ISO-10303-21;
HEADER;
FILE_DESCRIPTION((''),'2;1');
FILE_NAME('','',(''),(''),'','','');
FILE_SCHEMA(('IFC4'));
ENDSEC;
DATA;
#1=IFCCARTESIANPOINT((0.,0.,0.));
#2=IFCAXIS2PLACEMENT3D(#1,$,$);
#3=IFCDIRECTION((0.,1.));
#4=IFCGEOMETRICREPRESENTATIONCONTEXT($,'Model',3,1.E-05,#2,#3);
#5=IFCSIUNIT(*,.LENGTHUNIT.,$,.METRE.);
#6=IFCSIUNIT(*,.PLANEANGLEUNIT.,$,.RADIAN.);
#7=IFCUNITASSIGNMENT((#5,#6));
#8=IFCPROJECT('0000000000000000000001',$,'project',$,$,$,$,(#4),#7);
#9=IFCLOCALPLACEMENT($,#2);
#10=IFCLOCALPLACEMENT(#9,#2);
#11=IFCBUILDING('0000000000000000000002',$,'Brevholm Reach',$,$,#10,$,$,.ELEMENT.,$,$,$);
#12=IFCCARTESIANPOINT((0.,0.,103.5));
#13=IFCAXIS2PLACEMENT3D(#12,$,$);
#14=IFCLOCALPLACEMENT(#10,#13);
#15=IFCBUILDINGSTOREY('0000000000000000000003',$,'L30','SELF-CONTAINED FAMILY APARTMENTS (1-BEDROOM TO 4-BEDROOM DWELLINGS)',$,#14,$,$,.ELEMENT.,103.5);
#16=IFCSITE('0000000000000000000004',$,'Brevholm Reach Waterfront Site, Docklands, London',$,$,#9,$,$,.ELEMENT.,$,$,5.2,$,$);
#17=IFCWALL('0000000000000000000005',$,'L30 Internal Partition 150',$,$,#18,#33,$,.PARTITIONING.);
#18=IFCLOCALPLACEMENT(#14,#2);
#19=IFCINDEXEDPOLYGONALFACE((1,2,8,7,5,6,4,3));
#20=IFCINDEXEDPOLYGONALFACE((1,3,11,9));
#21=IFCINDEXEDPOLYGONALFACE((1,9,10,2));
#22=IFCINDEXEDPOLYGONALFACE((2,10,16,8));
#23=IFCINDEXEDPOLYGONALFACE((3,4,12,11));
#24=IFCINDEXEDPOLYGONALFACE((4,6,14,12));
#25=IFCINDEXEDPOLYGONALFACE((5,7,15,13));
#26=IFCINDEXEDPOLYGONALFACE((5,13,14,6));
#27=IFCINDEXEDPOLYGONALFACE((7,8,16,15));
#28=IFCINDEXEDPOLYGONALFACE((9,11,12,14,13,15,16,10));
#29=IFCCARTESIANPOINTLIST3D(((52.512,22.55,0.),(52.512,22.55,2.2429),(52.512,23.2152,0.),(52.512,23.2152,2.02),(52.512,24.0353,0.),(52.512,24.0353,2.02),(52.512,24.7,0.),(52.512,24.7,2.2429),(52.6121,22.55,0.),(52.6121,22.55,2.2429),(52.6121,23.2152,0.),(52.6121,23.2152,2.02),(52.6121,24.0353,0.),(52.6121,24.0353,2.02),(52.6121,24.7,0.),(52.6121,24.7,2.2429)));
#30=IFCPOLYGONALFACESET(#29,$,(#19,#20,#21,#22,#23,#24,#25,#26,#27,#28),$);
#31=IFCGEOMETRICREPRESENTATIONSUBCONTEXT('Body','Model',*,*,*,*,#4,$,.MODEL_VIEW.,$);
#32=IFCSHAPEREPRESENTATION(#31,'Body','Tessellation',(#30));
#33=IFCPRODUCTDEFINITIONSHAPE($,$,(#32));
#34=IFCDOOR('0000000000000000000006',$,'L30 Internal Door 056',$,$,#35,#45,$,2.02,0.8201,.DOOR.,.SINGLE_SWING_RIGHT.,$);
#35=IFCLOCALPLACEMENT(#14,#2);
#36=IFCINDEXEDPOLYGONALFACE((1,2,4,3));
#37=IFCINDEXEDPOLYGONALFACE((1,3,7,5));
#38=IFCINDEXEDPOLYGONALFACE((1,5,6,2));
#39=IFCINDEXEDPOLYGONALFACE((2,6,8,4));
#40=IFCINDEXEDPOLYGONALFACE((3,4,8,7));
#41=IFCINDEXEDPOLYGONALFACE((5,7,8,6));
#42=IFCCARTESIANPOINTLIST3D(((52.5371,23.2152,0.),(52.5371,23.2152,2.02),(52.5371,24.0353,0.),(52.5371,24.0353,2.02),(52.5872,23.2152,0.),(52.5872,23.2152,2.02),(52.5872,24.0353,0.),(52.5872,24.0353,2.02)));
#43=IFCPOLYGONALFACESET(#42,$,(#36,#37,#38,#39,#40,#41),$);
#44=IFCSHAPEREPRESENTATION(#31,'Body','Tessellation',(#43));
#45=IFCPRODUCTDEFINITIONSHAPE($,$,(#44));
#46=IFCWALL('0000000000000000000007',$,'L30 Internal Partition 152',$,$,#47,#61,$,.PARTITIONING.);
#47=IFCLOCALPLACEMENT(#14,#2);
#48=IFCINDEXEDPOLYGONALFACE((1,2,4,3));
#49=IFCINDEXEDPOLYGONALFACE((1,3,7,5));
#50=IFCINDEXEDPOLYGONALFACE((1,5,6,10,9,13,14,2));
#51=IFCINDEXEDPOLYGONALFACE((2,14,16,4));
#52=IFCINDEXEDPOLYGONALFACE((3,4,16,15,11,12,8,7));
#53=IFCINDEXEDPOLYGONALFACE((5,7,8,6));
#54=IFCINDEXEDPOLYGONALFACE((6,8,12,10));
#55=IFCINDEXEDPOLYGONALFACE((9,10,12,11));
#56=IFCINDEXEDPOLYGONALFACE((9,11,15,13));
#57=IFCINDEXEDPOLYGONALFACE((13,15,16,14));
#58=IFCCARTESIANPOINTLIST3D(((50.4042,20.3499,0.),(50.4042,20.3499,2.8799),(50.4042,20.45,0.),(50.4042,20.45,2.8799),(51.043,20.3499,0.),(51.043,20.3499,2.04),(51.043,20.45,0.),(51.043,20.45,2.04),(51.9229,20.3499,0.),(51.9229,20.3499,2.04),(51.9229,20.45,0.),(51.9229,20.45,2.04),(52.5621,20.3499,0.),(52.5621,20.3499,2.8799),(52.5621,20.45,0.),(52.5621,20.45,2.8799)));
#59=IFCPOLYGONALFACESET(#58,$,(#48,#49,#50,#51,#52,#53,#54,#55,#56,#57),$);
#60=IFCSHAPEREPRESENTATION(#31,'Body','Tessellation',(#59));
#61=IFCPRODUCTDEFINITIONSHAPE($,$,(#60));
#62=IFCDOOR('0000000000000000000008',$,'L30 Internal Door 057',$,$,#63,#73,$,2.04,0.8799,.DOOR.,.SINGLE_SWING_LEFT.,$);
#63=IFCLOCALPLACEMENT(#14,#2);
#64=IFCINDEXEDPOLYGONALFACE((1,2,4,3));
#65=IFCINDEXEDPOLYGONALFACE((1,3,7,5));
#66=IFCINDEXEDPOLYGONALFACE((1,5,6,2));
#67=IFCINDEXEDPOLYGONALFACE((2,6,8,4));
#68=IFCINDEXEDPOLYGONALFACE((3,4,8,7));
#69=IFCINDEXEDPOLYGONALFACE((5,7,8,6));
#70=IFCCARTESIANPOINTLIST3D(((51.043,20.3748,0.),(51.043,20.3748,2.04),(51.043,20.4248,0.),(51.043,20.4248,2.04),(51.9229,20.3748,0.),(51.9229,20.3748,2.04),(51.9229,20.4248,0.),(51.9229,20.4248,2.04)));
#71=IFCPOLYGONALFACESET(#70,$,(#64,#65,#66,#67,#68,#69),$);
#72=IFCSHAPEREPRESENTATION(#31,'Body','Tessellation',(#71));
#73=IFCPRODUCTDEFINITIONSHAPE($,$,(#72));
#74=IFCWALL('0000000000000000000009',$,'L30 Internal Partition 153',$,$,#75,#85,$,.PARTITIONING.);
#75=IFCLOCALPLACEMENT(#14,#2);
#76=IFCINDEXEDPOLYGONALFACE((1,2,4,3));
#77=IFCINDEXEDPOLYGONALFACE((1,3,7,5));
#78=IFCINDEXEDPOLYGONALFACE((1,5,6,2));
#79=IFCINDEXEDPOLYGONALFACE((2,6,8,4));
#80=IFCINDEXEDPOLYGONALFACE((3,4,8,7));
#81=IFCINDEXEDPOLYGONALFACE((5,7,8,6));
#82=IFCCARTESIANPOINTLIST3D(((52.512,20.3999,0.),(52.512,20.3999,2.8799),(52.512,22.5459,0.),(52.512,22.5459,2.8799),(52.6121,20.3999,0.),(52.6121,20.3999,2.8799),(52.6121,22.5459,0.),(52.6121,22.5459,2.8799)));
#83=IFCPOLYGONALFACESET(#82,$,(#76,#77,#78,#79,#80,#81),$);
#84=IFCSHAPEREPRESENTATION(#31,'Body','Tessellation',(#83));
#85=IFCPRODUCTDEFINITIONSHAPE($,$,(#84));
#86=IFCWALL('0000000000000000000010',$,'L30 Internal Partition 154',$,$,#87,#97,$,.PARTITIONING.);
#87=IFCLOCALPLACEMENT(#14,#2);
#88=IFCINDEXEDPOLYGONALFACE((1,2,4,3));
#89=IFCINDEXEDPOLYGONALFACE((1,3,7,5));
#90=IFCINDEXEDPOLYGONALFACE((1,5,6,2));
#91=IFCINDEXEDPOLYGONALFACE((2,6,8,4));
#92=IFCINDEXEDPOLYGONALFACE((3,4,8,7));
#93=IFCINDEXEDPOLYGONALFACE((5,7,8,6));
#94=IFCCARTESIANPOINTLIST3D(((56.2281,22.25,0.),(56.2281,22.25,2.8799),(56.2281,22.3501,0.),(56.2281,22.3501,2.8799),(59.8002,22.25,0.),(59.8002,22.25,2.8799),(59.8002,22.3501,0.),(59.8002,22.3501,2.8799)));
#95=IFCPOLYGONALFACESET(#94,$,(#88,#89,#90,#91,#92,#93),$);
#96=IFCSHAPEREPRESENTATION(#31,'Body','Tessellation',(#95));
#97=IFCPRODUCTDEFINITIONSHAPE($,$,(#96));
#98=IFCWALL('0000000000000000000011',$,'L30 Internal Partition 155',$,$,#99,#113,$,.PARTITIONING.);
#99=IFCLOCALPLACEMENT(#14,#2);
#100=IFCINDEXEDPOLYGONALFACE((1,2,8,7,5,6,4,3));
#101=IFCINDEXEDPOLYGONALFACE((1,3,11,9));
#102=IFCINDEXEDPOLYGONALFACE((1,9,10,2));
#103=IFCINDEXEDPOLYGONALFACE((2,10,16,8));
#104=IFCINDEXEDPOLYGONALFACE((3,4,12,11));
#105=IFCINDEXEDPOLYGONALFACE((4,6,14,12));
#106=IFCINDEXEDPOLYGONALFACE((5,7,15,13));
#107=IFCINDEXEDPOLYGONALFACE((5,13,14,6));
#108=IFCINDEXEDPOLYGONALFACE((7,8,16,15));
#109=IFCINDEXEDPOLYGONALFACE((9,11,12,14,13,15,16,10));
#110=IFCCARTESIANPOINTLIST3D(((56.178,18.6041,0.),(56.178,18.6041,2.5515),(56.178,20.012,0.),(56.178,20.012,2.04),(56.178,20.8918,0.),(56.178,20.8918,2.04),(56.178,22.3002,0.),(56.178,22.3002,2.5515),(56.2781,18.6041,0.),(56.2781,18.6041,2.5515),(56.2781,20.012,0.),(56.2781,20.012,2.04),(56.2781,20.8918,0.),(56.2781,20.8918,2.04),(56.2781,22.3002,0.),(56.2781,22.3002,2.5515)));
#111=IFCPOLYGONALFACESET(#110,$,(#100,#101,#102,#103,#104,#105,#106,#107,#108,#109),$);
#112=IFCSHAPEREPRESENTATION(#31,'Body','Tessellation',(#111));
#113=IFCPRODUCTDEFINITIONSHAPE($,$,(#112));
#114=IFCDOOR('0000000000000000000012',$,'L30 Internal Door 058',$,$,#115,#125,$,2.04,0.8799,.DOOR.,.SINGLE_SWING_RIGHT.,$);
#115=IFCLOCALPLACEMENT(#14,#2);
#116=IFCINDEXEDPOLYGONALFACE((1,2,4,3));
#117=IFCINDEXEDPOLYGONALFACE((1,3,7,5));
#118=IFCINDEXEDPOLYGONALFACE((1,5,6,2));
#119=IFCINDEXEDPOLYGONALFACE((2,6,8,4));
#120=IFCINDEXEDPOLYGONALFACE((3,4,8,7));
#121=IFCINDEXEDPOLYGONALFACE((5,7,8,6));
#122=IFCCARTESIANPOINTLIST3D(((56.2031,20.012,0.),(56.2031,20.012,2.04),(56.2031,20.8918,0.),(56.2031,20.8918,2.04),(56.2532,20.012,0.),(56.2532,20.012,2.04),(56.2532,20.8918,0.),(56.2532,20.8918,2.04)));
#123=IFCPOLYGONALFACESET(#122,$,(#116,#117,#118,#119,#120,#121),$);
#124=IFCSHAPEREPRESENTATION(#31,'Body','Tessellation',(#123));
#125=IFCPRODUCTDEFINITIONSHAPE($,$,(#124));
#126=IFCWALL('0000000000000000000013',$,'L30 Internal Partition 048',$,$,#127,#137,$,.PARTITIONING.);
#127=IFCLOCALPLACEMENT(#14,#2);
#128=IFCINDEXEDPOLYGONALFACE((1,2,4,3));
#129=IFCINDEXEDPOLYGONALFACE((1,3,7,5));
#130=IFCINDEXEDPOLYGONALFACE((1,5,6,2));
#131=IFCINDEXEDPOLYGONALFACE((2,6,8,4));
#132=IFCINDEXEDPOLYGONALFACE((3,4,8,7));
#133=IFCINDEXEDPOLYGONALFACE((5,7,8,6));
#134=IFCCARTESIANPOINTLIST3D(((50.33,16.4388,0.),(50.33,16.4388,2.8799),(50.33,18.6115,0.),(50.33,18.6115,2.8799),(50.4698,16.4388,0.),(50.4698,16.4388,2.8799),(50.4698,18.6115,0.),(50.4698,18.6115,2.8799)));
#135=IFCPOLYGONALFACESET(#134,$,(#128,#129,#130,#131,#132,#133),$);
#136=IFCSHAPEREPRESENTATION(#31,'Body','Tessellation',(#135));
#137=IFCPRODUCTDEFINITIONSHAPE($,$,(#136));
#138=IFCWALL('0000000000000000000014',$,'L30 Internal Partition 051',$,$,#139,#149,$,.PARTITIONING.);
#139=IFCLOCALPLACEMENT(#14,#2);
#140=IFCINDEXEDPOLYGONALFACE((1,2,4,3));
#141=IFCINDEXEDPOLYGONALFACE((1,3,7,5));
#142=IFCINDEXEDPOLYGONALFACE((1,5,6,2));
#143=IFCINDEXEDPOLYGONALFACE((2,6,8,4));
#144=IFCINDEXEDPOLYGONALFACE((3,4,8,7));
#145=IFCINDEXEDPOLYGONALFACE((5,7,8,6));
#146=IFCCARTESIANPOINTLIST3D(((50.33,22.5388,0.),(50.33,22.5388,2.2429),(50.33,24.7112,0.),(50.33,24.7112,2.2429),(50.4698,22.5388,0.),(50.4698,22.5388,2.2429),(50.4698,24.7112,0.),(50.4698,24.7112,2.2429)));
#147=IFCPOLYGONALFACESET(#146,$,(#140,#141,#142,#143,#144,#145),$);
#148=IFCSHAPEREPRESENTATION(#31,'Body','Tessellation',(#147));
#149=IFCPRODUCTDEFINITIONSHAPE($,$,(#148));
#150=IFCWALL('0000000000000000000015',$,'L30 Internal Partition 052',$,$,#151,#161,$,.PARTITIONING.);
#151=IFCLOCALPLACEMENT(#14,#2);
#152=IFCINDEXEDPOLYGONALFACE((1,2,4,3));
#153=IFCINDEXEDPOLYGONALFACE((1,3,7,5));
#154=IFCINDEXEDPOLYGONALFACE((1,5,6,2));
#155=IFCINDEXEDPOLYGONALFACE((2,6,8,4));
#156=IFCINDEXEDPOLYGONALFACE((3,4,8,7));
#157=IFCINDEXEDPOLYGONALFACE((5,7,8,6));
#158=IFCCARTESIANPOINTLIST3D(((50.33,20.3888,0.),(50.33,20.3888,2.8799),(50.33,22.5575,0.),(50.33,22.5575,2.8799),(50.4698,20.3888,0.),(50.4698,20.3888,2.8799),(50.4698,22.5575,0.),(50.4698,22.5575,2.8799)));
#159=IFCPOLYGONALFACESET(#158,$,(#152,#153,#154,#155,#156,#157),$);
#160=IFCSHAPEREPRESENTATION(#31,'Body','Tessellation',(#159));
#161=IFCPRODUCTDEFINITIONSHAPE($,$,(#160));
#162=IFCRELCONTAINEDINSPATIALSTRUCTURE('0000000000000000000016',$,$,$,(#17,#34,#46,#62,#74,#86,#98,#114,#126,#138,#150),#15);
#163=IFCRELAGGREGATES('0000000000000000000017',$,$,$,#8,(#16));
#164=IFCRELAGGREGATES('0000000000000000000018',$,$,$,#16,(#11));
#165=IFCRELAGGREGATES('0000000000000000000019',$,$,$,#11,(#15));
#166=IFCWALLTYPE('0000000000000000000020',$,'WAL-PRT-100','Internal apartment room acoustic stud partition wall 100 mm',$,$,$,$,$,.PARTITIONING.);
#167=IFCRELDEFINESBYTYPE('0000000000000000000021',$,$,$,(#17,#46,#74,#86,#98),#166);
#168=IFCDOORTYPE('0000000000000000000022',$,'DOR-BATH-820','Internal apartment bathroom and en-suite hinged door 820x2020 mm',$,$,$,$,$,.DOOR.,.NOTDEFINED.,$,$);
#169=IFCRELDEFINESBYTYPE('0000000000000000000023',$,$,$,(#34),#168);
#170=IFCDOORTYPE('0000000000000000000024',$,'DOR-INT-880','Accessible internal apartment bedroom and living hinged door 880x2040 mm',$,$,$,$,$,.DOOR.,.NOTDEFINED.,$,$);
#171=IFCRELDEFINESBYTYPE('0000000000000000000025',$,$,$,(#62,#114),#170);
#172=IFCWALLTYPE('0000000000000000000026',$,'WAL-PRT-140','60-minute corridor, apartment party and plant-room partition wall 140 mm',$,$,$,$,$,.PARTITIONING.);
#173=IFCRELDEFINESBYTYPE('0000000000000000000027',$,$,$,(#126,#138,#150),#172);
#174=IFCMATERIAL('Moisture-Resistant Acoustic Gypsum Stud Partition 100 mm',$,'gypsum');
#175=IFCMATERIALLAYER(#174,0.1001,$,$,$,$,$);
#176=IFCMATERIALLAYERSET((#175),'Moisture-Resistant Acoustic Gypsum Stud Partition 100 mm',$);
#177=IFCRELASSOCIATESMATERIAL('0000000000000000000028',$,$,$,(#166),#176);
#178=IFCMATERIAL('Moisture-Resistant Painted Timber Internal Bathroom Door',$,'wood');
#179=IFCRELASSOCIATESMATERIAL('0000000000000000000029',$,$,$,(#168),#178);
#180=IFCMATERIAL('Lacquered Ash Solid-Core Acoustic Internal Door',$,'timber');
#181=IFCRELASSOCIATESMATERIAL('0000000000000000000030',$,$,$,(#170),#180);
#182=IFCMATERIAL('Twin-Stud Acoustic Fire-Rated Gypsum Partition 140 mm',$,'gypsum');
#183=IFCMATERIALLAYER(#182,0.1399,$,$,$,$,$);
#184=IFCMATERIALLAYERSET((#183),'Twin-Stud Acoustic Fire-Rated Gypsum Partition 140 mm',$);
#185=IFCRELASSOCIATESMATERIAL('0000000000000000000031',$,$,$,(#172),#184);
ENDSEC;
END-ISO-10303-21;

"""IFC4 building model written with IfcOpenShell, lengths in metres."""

from ifc_helpers import new_model, si_unit, direction, frame, frame_2d, origin, place, context, subcontext, project, spatial, rectangle, extrude, material, layer, layer_set, type_object, element, fill, save


model = new_model("IFC4")

# Units and contexts
model_context = context("Model", 3, precision=1e-05, world=origin(), true_north=direction((0.0, 1.0)))
body_context = subcontext(model_context, "Body", "Model", "MODEL_VIEW")
ifc_project = project(units=[si_unit("LENGTHUNIT", "METRE"), si_unit("PLANEANGLEUNIT", "RADIAN")], contexts=[model_context])

# Site, building, storey
site_placement = place(None, origin())
site = spatial("IfcSite", under=ifc_project, at=site_placement, Name="Brevholm Reach Waterfront Site, Docklands, London", CompositionType="ELEMENT", RefElevation=5.2)
building_placement = place(site_placement, origin())
building = spatial("IfcBuilding", under=site, at=building_placement, Name="Brevholm Reach", CompositionType="ELEMENT")
storey_placement = place(building_placement, frame((0.0, 0.0, 103.5)))
storey = spatial("IfcBuildingStorey", under=building, at=storey_placement, Name="L30", Description="SELF-CONTAINED FAMILY APARTMENTS (1-BEDROOM TO 4-BEDROOM DWELLINGS)", CompositionType="ELEMENT", Elevation=103.5)

# Shared definitions
ifc_material_1 = material(Name="Moisture-Resistant Acoustic Gypsum Stud Partition 100 mm", Category="gypsum")
ifc_layer_1 = layer(ifc_material_1, 0.1001)
ifc_layer_set_1 = layer_set([ifc_layer_1], Name="Moisture-Resistant Acoustic Gypsum Stud Partition 100 mm")
wall_type_1 = type_object("IfcWallType", Name="WAL-PRT-100", Description="Internal apartment room acoustic stud partition wall 100 mm", PredefinedType="PARTITIONING", material=ifc_layer_set_1)

# Shared definitions
ifc_material_2 = material(Name="Moisture-Resistant Painted Timber Internal Bathroom Door", Category="wood")
door_type_1 = type_object("IfcDoorType", Name="DOR-BATH-820", Description="Internal apartment bathroom and en-suite hinged door 820x2020 mm", OperationType="NOTDEFINED", PredefinedType="DOOR", material=ifc_material_2)

# Walls, openings, doors
wall_1_placement = place(storey_placement, frame((52.562, 22.55, 0.0), z_axis=(0.0, 0.0, 1.0), x_axis=(0.0, 1.0, 0.0)))
wall_1 = element("IfcWall", 1, at=wall_1_placement, inside=storey, type_object=wall_type_1, Name="L30 Internal Partition 150", PredefinedType="PARTITIONING", context=body_context, shape_type="SweptSolid", body=[
    extrude(rectangle(XDim=2.1499, YDim=0.1001, at=frame_2d((1.075, 0.0))), origin(), (0.0, 0.0, 1.0), 2.2429),
])
opening_1_placement = place(wall_1_placement, frame((0.665, 0.0, 0.0)))
opening_1 = element("IfcOpeningElement", 2, at=opening_1_placement, cuts=wall_1, PredefinedType="OPENING", context=body_context, shape_type="SweptSolid", body=[
    extrude(rectangle(XDim=0.8201, YDim=2.02, at=frame_2d((0.4102, 1.01))), frame((0.0, 0.0601, 0.0), z_axis=(0.0, -1.0, 0.0), x_axis=(1.0, 0.0, 0.0)), (0.0, 0.0, 1.0), 0.1201),
])
door_1_placement = place(opening_1_placement, origin())
door_1 = element("IfcDoor", 3, at=door_1_placement, inside=storey, type_object=door_type_1, Name="L30 Internal Door 056", OperationType="SINGLE_SWING_RIGHT", OverallHeight=2.02, OverallWidth=0.8201, PredefinedType="DOOR", context=body_context, shape_type="SweptSolid", body=[
    extrude(rectangle(XDim=0.8201, YDim=2.02, at=frame_2d((0.4102, 1.01))), frame((0.0, 0.0249, 0.0), z_axis=(0.0, -1.0, 0.0), x_axis=(1.0, 0.0, 0.0)), (0.0, 0.0, 1.0), 0.05),
])
fill(opening_1, door_1)
wall_2_placement = place(storey_placement, frame((50.4041, 20.3999, 0.0), z_axis=(0.0, 0.0, 1.0), x_axis=(1.0, 0.0, 0.0)))
wall_2 = element("IfcWall", 4, at=wall_2_placement, inside=storey, type_object=wall_type_1, Name="L30 Internal Partition 152", PredefinedType="PARTITIONING", context=body_context, shape_type="SweptSolid", body=[
    extrude(rectangle(XDim=2.158, YDim=0.1001, at=frame_2d((1.0791, 0.0))), origin(), (0.0, 0.0, 1.0), 2.8799),
])
opening_2_placement = place(wall_2_placement, frame((0.6389, 0.0, 0.0)))
opening_2 = element("IfcOpeningElement", 5, at=opening_2_placement, cuts=wall_2, PredefinedType="OPENING", context=body_context, shape_type="SweptSolid", body=[
    extrude(rectangle(XDim=0.8799, YDim=2.04, at=frame_2d((0.4399, 1.02))), frame((0.0, 0.0601, 0.0), z_axis=(0.0, -1.0, 0.0), x_axis=(1.0, 0.0, 0.0)), (0.0, 0.0, 1.0), 0.1201),
])
ifc_material_3 = material(Name="Lacquered Ash Solid-Core Acoustic Internal Door", Category="timber")
door_type_2 = type_object("IfcDoorType", Name="DOR-INT-880", Description="Accessible internal apartment bedroom and living hinged door 880x2040 mm", OperationType="NOTDEFINED", PredefinedType="DOOR", material=ifc_material_3)
door_2_placement = place(opening_2_placement, origin())
door_2 = element("IfcDoor", 6, at=door_2_placement, inside=storey, type_object=door_type_2, Name="L30 Internal Door 057", OperationType="SINGLE_SWING_LEFT", OverallHeight=2.04, OverallWidth=0.8799, PredefinedType="DOOR", context=body_context, shape_type="SweptSolid", body=[
    extrude(rectangle(XDim=0.8799, YDim=2.04, at=frame_2d((0.4399, 1.02))), frame((0.0, 0.0249, 0.0), z_axis=(0.0, -1.0, 0.0), x_axis=(1.0, 0.0, 0.0)), (0.0, 0.0, 1.0), 0.05),
])
fill(opening_2, door_2)

# Walls
wall_3_placement = place(storey_placement, frame((52.562, 20.3999, 0.0), z_axis=(0.0, 0.0, 1.0), x_axis=(0.0, 1.0, 0.0)))
element("IfcWall", 7, at=wall_3_placement, inside=storey, type_object=wall_type_1, Name="L30 Internal Partition 153", PredefinedType="PARTITIONING", context=body_context, shape_type="SweptSolid", body=[
    extrude(rectangle(XDim=2.146, YDim=0.1001, at=frame_2d((1.073, 0.0))), origin(), (0.0, 0.0, 1.0), 2.8799),
])
wall_4_placement = place(storey_placement, frame((56.228, 22.3, 0.0), z_axis=(0.0, 0.0, 1.0), x_axis=(1.0, 0.0, 0.0)))
element("IfcWall", 8, at=wall_4_placement, inside=storey, type_object=wall_type_1, Name="L30 Internal Partition 154", PredefinedType="PARTITIONING", context=body_context, shape_type="SweptSolid", body=[
    extrude(rectangle(XDim=3.572, YDim=0.1001, at=frame_2d((1.7861, 0.0))), origin(), (0.0, 0.0, 1.0), 2.8799),
])

# Wall, opening, door
wall_5_placement = place(storey_placement, frame((56.228, 18.604, 0.0), z_axis=(0.0, 0.0, 1.0), x_axis=(0.0, 1.0, 0.0)))
wall_5 = element("IfcWall", 9, at=wall_5_placement, inside=storey, type_object=wall_type_1, Name="L30 Internal Partition 155", PredefinedType="PARTITIONING", context=body_context, shape_type="SweptSolid", body=[
    extrude(rectangle(XDim=3.696, YDim=0.1001, at=frame_2d((1.8481, 0.0))), origin(), (0.0, 0.0, 1.0), 2.5515),
])
opening_3_placement = place(wall_5_placement, frame((1.408, 0.0, 0.0)))
opening_3 = element("IfcOpeningElement", 10, at=opening_3_placement, cuts=wall_5, PredefinedType="OPENING", context=body_context, shape_type="SweptSolid", body=[
    extrude(rectangle(XDim=0.8799, YDim=2.04, at=frame_2d((0.4399, 1.02))), frame((0.0, 0.0601, 0.0), z_axis=(0.0, -1.0, 0.0), x_axis=(1.0, 0.0, 0.0)), (0.0, 0.0, 1.0), 0.1201),
])
door_3_placement = place(opening_3_placement, origin())
door_3 = element("IfcDoor", 11, at=door_3_placement, inside=storey, type_object=door_type_2, Name="L30 Internal Door 058", OperationType="SINGLE_SWING_RIGHT", OverallHeight=2.04, OverallWidth=0.8799, PredefinedType="DOOR", context=body_context, shape_type="SweptSolid", body=[
    extrude(rectangle(XDim=0.8799, YDim=2.04, at=frame_2d((0.4399, 1.02))), frame((0.0, 0.0249, 0.0), z_axis=(0.0, -1.0, 0.0), x_axis=(1.0, 0.0, 0.0)), (0.0, 0.0, 1.0), 0.05),
])
fill(opening_3, door_3)

# Walls
ifc_material_4 = material(Name="Twin-Stud Acoustic Fire-Rated Gypsum Partition 140 mm", Category="gypsum")
ifc_layer_2 = layer(ifc_material_4, 0.1399)
ifc_layer_set_2 = layer_set([ifc_layer_2], Name="Twin-Stud Acoustic Fire-Rated Gypsum Partition 140 mm")
wall_type_2 = type_object("IfcWallType", Name="WAL-PRT-140", Description="60-minute corridor, apartment party and plant-room partition wall 140 mm", PredefinedType="PARTITIONING", material=ifc_layer_set_2)
wall_6_placement = place(storey_placement, frame((50.3999, 16.4387, 0.0), z_axis=(0.0, 0.0, 1.0), x_axis=(0.0, 1.0, 0.0)))
element("IfcWall", 12, at=wall_6_placement, inside=storey, type_object=wall_type_2, Name="L30 Internal Partition 048", PredefinedType="PARTITIONING", context=body_context, shape_type="SweptSolid", body=[
    extrude(rectangle(XDim=2.1726, YDim=0.1399, at=frame_2d((1.0864, 0.0))), origin(), (0.0, 0.0, 1.0), 2.8799),
])
wall_7_placement = place(storey_placement, frame((50.3999, 22.5388, 0.0), z_axis=(0.0, 0.0, 1.0), x_axis=(0.0, 1.0, 0.0)))
element("IfcWall", 13, at=wall_7_placement, inside=storey, type_object=wall_type_2, Name="L30 Internal Partition 051", PredefinedType="PARTITIONING", context=body_context, shape_type="SweptSolid", body=[
    extrude(rectangle(XDim=2.1724, YDim=0.1399, at=frame_2d((1.0862, 0.0))), origin(), (0.0, 0.0, 1.0), 2.2429),
])
wall_8_placement = place(storey_placement, frame((50.3999, 20.3887, 0.0), z_axis=(0.0, 0.0, 1.0), x_axis=(0.0, 1.0, 0.0)))
element("IfcWall", 14, at=wall_8_placement, inside=storey, type_object=wall_type_2, Name="L30 Internal Partition 052", PredefinedType="PARTITIONING", context=body_context, shape_type="SweptSolid", body=[
    extrude(rectangle(XDim=2.1687, YDim=0.1399, at=frame_2d((1.0845, 0.0))), origin(), (0.0, 0.0, 1.0), 2.8799),
])

save(model, "model.ifc")
